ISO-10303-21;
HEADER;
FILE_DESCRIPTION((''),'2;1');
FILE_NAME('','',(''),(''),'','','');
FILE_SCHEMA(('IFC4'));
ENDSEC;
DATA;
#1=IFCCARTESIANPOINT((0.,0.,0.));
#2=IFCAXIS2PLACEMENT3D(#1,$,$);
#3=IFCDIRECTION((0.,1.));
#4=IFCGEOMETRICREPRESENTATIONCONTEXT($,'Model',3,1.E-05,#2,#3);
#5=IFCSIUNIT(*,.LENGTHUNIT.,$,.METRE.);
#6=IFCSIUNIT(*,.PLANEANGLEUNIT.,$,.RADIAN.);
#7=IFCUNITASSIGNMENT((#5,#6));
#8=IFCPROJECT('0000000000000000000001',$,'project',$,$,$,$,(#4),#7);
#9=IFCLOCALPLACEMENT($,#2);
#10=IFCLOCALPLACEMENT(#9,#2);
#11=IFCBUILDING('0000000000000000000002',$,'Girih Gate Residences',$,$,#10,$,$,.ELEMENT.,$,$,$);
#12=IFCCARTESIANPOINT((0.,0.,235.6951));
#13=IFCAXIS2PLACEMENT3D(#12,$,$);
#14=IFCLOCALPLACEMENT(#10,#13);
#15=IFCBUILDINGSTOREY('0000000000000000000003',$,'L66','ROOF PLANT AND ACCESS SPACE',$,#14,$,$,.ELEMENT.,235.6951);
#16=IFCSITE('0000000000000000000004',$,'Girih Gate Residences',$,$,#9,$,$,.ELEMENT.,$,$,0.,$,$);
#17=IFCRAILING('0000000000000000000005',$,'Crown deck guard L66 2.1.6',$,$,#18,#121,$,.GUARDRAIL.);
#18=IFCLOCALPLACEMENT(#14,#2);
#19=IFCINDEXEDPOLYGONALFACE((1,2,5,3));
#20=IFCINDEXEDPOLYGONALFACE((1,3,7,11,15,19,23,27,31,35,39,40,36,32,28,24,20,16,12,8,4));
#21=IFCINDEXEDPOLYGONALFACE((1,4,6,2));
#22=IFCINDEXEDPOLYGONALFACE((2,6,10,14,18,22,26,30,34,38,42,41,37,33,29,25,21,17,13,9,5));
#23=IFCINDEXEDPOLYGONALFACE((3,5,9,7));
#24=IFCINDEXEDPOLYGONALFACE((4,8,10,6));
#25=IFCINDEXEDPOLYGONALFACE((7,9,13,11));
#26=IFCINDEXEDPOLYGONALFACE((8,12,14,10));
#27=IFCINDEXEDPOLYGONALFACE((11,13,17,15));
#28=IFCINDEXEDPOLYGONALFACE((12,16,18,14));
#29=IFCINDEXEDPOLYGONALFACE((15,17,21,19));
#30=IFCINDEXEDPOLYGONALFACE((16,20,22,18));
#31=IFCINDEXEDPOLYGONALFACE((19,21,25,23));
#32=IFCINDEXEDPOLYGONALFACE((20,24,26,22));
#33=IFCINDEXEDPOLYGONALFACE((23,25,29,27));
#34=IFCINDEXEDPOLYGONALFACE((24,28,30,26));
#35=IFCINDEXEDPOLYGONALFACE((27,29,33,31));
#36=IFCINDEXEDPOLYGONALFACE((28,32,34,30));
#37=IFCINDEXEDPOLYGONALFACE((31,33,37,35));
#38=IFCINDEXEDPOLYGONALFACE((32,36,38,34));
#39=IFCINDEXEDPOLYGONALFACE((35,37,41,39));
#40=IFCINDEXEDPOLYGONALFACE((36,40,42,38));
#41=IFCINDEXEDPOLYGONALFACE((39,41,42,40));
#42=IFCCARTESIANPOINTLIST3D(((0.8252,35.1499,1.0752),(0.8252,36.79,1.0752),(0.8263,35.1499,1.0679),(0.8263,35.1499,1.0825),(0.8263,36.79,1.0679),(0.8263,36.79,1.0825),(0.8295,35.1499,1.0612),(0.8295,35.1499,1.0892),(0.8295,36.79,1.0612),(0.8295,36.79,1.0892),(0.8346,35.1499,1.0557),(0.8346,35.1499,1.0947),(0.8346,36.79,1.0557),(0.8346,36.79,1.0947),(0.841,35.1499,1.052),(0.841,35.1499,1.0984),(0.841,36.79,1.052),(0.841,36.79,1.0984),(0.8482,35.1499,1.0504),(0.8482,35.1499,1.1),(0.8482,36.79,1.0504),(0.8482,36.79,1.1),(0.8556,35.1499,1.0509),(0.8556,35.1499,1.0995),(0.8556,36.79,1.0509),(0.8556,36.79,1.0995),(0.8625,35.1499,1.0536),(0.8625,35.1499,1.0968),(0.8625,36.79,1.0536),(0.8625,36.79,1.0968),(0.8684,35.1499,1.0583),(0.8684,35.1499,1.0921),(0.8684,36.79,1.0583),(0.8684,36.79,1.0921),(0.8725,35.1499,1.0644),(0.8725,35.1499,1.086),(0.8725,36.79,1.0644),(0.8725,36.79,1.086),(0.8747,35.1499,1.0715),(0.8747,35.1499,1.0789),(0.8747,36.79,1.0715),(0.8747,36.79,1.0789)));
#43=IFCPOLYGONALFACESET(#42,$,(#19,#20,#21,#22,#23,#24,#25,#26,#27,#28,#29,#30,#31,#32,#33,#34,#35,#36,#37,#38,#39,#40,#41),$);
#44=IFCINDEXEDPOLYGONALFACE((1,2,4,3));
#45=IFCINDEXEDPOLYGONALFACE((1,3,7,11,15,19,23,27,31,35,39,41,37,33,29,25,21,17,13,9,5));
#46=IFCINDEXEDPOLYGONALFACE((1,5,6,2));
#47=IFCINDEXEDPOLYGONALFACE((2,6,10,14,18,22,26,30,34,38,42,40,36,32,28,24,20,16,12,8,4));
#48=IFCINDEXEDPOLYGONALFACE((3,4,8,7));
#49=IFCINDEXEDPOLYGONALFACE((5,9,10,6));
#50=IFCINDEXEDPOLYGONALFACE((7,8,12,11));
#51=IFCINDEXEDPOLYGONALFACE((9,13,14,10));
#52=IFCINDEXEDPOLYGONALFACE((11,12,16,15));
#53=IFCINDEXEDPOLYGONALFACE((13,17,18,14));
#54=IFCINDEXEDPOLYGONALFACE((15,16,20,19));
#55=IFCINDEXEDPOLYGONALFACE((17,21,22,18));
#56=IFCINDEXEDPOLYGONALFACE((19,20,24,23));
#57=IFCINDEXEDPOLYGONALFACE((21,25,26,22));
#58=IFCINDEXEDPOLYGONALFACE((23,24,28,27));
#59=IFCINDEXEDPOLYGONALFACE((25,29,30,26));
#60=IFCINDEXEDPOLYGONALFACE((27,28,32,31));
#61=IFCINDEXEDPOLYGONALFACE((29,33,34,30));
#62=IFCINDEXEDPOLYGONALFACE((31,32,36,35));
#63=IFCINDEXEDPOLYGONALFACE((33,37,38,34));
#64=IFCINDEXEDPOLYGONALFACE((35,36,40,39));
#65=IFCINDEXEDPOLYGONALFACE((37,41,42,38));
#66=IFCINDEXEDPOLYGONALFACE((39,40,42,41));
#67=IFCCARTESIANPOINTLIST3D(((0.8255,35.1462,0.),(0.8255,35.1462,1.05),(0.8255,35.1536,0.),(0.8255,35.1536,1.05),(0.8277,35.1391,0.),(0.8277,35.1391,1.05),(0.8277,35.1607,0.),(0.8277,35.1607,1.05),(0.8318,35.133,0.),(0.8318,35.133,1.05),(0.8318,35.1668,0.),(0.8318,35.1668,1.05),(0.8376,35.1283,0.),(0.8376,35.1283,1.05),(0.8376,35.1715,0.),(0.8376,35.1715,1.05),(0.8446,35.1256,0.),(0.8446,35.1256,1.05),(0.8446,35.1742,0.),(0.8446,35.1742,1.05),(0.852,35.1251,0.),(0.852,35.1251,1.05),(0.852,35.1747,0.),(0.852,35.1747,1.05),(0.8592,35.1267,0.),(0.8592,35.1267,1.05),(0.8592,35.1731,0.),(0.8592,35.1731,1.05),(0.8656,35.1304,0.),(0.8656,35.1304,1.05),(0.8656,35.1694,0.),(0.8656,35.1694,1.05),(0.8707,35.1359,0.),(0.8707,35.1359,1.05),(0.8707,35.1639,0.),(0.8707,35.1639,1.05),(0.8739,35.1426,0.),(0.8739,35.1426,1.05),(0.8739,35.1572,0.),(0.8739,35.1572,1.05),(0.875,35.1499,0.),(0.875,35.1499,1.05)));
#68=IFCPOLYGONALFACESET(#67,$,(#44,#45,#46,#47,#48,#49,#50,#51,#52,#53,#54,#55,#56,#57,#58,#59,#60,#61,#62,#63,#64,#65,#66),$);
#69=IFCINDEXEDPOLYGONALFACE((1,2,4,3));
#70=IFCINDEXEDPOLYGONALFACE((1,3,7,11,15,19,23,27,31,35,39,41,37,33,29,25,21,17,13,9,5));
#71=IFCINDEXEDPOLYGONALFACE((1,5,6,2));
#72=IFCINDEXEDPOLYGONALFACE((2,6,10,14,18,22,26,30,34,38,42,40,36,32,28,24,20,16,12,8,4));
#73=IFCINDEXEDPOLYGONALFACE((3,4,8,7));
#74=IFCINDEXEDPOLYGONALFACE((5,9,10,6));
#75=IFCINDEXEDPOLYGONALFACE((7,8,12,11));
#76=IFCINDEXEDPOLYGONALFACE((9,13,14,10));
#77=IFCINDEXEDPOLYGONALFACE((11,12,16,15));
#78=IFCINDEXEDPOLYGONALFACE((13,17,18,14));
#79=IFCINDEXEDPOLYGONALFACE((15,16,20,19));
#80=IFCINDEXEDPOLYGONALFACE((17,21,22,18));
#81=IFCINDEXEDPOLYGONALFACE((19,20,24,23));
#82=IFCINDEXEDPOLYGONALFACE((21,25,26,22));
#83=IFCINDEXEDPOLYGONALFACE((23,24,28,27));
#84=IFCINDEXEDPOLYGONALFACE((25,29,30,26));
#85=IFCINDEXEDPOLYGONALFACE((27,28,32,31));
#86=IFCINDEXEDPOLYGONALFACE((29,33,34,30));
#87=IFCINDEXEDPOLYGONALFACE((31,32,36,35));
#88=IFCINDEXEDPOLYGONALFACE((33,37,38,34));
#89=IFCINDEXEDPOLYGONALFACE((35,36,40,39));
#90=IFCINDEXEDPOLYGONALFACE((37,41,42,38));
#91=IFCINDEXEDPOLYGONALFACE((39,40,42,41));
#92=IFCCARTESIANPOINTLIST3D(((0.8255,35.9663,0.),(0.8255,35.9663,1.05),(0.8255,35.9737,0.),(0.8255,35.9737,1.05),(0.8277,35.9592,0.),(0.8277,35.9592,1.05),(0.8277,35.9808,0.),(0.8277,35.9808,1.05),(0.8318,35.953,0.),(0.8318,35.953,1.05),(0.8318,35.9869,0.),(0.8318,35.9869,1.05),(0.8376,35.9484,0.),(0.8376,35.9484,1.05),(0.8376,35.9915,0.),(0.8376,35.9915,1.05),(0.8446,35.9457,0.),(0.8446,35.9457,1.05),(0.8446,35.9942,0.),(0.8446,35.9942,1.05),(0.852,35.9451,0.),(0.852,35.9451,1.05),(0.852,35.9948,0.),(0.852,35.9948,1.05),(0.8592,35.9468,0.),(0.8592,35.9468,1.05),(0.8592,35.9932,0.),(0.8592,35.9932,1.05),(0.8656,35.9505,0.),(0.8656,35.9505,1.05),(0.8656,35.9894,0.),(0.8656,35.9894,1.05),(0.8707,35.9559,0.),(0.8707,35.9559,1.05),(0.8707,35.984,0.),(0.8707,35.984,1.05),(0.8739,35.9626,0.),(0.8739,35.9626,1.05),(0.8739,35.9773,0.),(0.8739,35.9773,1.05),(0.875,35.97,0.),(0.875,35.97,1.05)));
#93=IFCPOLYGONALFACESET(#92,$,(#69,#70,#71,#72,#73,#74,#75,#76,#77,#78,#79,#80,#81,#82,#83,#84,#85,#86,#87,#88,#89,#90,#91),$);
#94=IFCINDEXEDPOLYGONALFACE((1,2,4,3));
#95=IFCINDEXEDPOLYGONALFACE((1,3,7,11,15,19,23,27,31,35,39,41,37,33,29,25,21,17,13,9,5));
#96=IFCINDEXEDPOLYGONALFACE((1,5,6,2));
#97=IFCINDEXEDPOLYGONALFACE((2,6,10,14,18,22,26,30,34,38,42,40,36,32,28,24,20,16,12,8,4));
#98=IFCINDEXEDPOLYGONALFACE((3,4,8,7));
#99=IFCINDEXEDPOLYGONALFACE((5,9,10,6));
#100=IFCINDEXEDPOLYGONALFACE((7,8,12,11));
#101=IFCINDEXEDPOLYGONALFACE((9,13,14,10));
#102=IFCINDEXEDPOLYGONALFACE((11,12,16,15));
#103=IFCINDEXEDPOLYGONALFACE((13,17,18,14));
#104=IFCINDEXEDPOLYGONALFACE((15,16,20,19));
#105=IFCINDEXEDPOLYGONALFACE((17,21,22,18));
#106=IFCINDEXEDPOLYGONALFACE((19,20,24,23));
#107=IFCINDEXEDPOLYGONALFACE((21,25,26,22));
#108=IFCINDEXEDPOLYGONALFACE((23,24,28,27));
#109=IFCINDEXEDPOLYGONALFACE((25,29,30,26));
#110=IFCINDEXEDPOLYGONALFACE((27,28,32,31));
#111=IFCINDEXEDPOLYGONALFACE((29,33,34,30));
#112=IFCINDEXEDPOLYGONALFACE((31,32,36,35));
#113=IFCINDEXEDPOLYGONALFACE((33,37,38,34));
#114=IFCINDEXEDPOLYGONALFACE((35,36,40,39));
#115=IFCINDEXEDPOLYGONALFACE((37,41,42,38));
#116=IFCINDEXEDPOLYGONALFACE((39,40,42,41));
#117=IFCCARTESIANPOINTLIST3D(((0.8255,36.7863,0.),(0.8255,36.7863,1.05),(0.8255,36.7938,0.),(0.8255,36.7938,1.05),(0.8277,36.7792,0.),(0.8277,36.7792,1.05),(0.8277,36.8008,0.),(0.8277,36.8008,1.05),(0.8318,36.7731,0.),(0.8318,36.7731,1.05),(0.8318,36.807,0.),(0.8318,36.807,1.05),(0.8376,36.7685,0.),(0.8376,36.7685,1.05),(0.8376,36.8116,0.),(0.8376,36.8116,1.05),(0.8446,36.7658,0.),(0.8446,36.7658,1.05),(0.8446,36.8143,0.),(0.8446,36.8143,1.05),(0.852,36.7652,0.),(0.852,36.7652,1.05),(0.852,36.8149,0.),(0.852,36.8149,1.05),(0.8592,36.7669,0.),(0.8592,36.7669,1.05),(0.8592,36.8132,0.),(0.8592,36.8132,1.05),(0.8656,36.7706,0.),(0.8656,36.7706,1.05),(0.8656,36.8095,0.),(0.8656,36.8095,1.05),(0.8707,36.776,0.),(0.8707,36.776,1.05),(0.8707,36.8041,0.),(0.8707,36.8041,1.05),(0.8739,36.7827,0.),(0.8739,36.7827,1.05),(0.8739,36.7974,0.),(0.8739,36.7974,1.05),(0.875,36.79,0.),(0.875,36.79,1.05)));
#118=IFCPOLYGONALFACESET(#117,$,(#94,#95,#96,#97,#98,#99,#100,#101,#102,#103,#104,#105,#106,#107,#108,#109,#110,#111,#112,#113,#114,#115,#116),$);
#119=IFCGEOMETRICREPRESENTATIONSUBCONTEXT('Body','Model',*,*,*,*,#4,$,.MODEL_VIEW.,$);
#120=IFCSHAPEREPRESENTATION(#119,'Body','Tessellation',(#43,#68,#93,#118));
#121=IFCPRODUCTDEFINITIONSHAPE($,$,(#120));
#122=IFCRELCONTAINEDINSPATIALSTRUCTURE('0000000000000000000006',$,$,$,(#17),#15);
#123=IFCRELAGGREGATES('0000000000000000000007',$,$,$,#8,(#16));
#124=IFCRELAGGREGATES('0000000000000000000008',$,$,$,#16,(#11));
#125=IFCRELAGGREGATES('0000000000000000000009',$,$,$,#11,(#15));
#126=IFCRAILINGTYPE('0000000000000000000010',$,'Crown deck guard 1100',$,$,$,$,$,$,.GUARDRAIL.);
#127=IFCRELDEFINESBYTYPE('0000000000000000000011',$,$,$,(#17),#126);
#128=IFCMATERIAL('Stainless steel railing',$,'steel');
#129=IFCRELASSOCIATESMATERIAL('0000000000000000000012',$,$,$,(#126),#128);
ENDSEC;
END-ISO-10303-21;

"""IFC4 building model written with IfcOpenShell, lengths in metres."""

from ifc_helpers import new_model, si_unit, direction, frame, origin, origin_2d, place, context, subcontext, project, spatial, circle, extrude, material, type_object, element, save


model = new_model("IFC4")

# Units and contexts
model_context = context("Model", 3, precision=1e-05, world=origin(), true_north=direction((0.0, 1.0)))
body_context = subcontext(model_context, "Body", "Model", "MODEL_VIEW")
ifc_project = project(units=[si_unit("LENGTHUNIT", "METRE"), si_unit("PLANEANGLEUNIT", "RADIAN")], contexts=[model_context])

# Site, building, storey
site_placement = place(None, origin())
site = spatial("IfcSite", under=ifc_project, at=site_placement, Name="Girih Gate Residences", CompositionType="ELEMENT", RefElevation=0.0)
building_placement = place(site_placement, origin())
building = spatial("IfcBuilding", under=site, at=building_placement, Name="Girih Gate Residences", CompositionType="ELEMENT")
storey_placement = place(building_placement, frame((0.0, 0.0, 235.6951)))
storey = spatial("IfcBuildingStorey", under=building, at=storey_placement, Name="L66", Description="ROOF PLANT AND ACCESS SPACE", CompositionType="ELEMENT", Elevation=235.6951)

# Railing
ifc_material_1 = material(Name="Stainless steel railing", Category="steel")
railing_type_1 = type_object("IfcRailingType", Name="Crown deck guard 1100", PredefinedType="GUARDRAIL", material=ifc_material_1)
railing_1_placement = place(storey_placement, frame((0.8501, 35.1499, 0.0)))
element("IfcRailing", 1, at=railing_1_placement, inside=storey, type_object=railing_type_1, Name="Crown deck guard L66 2.1.6", PredefinedType="GUARDRAIL", context=body_context, shape_type="SweptSolid", body=[
    extrude(circle(Radius=0.0249, at=origin_2d()), frame((0.0, 0.0, 1.0752), z_axis=(0.0, 1.0, 0.0), x_axis=(-1.0, 0.0, 0.0)), (0.0, 0.0, 1.0), 1.6401),
    extrude(circle(Radius=0.0249, at=origin_2d()), origin(), (0.0, 0.0, 1.0), 1.05),
    extrude(circle(Radius=0.0249, at=origin_2d()), frame((0.0, 0.8201, 0.0)), (0.0, 0.0, 1.0), 1.05),
    extrude(circle(Radius=0.0249, at=origin_2d()), frame((0.0, 1.6401, 0.0)), (0.0, 0.0, 1.0), 1.05),
])

save(model, "model.ifc")
